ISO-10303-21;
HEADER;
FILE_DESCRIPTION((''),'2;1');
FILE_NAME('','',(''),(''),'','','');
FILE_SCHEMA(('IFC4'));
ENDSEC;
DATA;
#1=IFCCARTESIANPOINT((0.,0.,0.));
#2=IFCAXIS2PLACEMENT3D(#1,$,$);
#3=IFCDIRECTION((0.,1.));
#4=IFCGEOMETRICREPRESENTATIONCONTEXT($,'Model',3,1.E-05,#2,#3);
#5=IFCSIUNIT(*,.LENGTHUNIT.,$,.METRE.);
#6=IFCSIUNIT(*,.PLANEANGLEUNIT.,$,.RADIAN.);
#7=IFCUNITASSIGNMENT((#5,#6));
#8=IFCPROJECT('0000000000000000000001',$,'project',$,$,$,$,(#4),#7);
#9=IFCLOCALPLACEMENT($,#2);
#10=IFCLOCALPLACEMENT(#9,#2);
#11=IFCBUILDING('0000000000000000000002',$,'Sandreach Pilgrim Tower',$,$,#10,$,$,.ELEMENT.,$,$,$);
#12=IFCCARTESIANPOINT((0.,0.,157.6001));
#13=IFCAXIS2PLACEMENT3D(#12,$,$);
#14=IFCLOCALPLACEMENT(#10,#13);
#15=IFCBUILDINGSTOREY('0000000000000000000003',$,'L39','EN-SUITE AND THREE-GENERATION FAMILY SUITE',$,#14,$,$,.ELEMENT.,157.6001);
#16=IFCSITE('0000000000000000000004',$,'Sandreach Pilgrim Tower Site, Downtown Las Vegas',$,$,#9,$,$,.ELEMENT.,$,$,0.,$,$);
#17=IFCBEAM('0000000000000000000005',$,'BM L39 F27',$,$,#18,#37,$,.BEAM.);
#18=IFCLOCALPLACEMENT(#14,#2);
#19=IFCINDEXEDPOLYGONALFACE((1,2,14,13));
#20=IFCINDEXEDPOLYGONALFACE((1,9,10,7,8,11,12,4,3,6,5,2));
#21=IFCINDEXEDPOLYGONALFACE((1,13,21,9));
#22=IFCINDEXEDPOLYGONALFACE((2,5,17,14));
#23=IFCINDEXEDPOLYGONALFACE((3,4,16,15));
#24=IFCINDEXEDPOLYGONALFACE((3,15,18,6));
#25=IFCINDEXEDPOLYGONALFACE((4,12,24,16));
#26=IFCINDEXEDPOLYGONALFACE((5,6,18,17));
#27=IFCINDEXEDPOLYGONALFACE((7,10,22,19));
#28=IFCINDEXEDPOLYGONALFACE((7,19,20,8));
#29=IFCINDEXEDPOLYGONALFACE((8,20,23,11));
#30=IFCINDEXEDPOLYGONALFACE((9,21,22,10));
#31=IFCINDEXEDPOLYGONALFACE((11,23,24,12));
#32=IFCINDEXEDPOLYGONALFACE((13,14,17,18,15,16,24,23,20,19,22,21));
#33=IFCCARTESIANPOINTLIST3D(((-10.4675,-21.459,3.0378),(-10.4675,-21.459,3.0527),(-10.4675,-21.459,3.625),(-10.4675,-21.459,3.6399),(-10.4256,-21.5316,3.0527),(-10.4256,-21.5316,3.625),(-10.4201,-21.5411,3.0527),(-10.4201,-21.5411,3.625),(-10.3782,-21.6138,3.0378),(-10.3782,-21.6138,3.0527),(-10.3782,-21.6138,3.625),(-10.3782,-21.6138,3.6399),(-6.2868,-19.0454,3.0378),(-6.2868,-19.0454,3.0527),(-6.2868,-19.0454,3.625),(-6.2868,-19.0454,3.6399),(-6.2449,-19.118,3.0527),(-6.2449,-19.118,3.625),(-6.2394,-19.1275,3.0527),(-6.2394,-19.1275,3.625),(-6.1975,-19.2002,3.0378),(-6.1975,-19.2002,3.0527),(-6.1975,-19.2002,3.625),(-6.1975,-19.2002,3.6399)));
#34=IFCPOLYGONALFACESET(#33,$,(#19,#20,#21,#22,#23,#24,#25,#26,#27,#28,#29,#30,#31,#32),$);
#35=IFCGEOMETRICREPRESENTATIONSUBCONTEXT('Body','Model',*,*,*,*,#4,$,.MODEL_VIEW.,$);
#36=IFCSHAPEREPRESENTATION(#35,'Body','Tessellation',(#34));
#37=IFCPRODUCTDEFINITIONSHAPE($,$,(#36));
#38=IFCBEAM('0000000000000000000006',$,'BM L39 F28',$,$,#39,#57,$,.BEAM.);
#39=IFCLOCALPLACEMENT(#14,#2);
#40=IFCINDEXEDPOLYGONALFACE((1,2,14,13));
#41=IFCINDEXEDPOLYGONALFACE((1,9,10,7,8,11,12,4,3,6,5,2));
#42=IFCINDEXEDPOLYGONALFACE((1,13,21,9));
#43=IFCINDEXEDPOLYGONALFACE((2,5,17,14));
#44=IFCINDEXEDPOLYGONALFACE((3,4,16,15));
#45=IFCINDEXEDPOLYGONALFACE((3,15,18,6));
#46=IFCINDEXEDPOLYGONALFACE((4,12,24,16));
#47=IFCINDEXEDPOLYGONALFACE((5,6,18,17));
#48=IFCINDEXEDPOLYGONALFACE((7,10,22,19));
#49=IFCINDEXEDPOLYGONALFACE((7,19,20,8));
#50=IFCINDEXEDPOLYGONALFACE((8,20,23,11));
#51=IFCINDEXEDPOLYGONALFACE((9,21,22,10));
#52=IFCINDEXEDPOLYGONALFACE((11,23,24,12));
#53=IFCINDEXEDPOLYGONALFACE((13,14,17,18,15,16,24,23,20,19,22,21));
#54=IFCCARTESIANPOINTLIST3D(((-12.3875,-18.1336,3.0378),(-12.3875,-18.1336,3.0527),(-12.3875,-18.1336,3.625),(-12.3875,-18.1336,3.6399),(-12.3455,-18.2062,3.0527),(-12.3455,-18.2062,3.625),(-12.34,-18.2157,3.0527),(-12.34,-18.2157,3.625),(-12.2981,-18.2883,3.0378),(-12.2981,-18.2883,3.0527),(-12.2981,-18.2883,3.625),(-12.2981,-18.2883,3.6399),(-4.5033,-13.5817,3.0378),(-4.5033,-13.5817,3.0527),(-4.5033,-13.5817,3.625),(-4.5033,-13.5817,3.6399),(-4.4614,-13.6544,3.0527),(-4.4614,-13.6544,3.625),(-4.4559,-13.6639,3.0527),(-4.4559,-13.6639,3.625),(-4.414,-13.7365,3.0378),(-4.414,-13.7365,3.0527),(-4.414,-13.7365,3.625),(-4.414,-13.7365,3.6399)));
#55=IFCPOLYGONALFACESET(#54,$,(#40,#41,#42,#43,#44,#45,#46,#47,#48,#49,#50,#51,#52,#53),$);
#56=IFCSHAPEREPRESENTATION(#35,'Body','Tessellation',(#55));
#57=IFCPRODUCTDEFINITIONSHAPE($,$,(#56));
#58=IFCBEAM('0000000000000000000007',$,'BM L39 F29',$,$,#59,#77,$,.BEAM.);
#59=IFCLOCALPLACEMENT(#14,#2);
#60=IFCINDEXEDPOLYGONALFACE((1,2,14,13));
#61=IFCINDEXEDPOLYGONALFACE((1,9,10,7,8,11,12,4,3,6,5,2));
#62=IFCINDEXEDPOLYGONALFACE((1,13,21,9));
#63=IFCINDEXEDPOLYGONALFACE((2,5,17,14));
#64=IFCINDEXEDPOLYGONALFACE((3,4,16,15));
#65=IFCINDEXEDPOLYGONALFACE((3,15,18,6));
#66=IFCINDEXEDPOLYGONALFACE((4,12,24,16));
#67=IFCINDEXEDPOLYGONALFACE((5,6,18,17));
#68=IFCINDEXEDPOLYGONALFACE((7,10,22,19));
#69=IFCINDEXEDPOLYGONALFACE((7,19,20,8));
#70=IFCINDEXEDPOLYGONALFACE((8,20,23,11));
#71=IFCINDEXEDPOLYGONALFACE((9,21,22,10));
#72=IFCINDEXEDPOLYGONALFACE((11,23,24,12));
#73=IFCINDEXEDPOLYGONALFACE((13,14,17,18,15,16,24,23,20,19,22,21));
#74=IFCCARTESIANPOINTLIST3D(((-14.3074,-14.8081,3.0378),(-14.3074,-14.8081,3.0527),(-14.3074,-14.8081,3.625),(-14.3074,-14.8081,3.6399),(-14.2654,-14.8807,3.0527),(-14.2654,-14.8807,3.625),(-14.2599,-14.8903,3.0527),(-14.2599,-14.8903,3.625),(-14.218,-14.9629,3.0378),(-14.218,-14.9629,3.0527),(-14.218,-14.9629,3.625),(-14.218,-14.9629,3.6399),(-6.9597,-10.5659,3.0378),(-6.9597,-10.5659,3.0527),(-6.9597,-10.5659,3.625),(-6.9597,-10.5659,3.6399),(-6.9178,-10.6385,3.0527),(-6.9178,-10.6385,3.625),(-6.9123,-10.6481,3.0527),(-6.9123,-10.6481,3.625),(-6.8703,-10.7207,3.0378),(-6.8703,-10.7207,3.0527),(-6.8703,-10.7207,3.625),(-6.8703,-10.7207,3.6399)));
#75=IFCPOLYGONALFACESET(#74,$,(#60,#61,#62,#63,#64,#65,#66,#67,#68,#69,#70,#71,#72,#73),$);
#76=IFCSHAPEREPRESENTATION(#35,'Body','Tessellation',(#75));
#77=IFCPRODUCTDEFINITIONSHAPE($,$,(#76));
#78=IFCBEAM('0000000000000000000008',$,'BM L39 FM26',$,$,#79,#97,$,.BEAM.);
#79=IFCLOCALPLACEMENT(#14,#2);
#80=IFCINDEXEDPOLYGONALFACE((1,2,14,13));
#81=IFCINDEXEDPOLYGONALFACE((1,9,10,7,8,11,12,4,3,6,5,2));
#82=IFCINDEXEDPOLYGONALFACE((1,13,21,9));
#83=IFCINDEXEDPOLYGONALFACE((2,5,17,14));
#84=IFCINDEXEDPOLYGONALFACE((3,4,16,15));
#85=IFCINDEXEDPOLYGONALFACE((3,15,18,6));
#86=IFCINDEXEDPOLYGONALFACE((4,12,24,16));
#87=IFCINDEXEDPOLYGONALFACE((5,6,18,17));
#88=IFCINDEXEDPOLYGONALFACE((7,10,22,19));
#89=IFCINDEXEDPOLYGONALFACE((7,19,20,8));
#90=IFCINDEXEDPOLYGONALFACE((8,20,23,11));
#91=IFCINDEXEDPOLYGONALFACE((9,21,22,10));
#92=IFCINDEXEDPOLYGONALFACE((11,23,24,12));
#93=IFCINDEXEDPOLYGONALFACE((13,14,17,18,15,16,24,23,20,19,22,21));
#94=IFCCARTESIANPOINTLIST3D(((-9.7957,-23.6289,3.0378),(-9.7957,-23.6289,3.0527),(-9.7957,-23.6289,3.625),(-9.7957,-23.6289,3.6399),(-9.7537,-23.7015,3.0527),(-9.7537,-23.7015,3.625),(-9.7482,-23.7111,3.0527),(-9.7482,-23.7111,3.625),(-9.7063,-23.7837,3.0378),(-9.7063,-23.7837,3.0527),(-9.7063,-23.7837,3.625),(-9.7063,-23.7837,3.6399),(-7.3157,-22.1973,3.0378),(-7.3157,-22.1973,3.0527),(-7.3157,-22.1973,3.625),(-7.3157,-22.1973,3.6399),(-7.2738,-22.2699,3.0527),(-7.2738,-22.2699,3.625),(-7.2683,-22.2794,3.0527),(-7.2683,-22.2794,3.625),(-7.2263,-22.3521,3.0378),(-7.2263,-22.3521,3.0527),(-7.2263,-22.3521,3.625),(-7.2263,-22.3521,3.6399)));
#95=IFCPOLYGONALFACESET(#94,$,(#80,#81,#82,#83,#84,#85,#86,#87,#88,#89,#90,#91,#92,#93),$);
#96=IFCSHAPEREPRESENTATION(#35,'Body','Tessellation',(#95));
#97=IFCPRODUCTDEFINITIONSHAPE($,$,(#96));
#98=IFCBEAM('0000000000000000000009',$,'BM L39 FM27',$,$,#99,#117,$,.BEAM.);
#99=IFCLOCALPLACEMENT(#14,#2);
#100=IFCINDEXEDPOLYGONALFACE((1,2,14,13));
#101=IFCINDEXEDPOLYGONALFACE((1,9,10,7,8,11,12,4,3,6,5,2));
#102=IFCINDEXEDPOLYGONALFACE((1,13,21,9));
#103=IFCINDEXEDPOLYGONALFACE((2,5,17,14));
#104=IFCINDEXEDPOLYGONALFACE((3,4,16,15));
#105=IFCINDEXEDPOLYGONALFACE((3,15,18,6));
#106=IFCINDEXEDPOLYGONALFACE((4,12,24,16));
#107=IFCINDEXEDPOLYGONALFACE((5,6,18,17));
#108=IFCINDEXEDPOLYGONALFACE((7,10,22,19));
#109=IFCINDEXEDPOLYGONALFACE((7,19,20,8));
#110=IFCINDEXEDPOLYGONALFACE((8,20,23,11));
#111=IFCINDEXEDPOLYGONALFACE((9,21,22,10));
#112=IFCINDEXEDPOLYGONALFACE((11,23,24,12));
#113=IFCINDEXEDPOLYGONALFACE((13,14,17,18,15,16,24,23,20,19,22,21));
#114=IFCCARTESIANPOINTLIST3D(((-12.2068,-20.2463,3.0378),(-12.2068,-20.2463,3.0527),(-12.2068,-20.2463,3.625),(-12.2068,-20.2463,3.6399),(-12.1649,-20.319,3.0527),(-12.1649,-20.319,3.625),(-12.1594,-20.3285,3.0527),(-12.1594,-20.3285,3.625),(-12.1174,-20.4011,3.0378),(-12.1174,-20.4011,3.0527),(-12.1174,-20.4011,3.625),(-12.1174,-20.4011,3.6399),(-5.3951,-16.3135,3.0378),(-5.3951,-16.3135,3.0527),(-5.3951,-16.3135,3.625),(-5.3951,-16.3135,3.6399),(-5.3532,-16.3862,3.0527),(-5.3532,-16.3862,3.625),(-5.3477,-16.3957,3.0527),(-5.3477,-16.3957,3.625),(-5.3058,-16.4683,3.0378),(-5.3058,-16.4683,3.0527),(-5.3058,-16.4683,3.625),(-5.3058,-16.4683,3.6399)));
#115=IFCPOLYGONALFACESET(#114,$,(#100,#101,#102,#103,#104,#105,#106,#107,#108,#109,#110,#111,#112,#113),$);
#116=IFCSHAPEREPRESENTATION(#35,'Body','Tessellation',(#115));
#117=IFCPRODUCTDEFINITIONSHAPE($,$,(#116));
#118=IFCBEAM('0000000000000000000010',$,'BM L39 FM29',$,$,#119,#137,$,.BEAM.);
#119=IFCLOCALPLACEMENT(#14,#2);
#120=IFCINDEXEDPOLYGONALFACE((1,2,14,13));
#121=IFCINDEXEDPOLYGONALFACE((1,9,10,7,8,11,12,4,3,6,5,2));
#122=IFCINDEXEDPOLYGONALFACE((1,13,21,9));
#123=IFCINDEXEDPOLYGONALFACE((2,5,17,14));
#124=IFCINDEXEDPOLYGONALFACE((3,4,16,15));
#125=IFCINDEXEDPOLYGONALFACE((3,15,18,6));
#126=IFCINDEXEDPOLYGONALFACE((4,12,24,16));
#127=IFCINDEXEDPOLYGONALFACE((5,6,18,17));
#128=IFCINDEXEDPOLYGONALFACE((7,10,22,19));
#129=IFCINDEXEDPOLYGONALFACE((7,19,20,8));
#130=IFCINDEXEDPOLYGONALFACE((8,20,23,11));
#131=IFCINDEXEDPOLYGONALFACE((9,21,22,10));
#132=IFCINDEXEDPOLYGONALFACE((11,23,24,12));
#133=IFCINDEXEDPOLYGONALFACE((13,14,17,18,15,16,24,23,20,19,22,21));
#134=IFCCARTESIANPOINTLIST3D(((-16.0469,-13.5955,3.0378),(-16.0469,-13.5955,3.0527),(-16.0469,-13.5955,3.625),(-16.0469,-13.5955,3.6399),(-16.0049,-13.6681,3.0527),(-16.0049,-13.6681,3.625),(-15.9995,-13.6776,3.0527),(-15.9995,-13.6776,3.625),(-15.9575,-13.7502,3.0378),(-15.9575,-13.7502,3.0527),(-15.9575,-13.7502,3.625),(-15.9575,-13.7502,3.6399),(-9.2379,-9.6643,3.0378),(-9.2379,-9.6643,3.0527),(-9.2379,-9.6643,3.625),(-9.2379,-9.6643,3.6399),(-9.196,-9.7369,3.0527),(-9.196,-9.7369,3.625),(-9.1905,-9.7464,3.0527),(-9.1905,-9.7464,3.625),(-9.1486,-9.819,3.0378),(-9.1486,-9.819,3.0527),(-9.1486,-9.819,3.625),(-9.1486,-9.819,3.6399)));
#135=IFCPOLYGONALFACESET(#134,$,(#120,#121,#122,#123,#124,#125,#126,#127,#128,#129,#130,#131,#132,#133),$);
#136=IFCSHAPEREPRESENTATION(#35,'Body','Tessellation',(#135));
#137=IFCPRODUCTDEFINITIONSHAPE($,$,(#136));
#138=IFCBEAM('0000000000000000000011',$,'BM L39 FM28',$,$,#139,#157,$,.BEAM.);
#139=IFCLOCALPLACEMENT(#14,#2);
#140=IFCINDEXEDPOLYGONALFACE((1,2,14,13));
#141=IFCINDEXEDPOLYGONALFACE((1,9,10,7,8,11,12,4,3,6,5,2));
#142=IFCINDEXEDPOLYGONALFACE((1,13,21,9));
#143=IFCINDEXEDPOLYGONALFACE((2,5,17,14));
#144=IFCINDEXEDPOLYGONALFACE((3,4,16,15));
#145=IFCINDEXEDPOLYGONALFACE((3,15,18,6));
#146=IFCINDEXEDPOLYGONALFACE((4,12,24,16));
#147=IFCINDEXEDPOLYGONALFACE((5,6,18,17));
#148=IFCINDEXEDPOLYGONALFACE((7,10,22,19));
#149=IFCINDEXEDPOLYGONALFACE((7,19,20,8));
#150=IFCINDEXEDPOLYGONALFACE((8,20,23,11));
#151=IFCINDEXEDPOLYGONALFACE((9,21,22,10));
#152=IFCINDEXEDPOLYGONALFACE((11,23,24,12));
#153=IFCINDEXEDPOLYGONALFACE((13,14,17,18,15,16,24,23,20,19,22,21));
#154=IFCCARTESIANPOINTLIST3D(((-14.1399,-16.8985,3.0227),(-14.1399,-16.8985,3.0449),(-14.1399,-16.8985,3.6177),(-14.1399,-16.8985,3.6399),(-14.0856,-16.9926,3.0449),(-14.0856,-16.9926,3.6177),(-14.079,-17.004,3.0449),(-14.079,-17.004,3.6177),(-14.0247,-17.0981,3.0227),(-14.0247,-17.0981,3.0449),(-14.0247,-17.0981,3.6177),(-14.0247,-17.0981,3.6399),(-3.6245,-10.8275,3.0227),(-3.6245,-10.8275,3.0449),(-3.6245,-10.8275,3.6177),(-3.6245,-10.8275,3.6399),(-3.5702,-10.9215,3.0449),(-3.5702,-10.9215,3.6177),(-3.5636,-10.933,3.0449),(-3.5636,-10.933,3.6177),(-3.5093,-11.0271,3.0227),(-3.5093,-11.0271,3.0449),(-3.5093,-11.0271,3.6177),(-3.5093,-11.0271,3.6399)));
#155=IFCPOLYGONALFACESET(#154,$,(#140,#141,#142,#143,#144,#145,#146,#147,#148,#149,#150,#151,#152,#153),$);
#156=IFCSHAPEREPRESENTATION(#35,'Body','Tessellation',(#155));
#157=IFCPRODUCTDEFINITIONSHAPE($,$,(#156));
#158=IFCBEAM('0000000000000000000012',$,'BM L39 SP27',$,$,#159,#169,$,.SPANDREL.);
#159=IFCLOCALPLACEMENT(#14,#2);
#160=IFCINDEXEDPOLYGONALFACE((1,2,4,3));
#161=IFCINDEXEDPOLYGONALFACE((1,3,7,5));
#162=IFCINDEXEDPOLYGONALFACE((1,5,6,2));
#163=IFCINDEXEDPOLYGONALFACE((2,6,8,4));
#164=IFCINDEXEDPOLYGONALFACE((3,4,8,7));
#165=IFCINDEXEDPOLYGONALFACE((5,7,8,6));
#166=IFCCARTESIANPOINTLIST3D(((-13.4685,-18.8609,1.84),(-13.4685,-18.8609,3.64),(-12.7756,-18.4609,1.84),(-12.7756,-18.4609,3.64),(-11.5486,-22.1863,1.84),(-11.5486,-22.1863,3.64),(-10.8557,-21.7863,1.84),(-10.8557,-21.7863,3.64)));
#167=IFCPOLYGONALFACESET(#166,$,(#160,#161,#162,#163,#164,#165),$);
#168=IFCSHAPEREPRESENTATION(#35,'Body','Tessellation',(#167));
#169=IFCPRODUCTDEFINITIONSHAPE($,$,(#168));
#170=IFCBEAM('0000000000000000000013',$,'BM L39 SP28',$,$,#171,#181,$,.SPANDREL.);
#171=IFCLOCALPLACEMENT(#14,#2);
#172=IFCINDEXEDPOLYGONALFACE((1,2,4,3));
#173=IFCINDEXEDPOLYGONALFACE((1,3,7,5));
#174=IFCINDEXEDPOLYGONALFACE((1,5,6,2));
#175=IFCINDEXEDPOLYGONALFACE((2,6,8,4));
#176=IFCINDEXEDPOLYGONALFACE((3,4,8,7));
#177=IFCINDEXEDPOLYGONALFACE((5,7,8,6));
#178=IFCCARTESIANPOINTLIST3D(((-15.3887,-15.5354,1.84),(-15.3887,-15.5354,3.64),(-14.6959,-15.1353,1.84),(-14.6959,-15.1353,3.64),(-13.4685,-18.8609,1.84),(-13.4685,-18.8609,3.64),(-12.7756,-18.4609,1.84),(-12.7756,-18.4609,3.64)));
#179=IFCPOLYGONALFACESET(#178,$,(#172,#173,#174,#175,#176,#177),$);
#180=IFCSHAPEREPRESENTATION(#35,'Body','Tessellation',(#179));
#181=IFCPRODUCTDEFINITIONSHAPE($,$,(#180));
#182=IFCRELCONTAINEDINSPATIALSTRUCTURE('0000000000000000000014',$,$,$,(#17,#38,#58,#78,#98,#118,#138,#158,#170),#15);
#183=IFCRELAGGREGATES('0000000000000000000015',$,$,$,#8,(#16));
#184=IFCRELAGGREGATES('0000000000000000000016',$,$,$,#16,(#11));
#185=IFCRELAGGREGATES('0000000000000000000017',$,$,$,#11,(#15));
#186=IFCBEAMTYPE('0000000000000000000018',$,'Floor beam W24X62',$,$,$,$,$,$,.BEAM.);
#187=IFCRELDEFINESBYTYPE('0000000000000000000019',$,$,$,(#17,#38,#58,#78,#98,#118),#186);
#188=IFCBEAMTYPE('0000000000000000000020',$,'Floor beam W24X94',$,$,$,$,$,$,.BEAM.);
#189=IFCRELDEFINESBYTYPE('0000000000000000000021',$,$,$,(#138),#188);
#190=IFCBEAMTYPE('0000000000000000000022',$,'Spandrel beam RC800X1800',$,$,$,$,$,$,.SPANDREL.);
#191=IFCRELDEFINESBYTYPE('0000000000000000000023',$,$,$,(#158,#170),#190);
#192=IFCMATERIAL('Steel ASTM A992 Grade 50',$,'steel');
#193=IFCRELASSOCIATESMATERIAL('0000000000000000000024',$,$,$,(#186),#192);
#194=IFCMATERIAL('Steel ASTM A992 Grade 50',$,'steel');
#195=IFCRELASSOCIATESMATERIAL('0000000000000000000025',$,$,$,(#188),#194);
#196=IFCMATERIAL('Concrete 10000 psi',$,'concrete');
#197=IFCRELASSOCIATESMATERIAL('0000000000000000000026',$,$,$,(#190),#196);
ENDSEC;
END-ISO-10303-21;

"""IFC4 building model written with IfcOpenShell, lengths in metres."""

from ifc_helpers import new_model, si_unit, direction, frame, origin, origin_2d, place, context, subcontext, project, spatial, rectangle, i_section, extrude, material, material_profile, profile_set, type_object, element, save


model = new_model("IFC4")

# Units and contexts
model_context = context("Model", 3, precision=1e-05, world=origin(), true_north=direction((0.0, 1.0)))
body_context = subcontext(model_context, "Body", "Model", "MODEL_VIEW")
ifc_project = project(units=[si_unit("LENGTHUNIT", "METRE"), si_unit("PLANEANGLEUNIT", "RADIAN")], contexts=[model_context])

# Site, building, storey
site_placement = place(None, origin())
site = spatial("IfcSite", under=ifc_project, at=site_placement, Name="Sandreach Pilgrim Tower Site, Downtown Las Vegas", CompositionType="ELEMENT", RefElevation=0.0)
building_placement = place(site_placement, origin())
building = spatial("IfcBuilding", under=site, at=building_placement, Name="Sandreach Pilgrim Tower", CompositionType="ELEMENT")
storey_placement = place(building_placement, frame((0.0, 0.0, 157.6001)))
storey = spatial("IfcBuildingStorey", under=building, at=storey_placement, Name="L39", Description="EN-SUITE AND THREE-GENERATION FAMILY SUITE", CompositionType="ELEMENT", Elevation=157.6001)

# Beams
ifc_material_1 = material(Name="Steel ASTM A992 Grade 50", Category="steel")
ifc_material_profile_1 = material_profile(ifc_material_1, i_section(OverallWidth=0.1787, OverallDepth=0.6021, WebThickness=0.011, FlangeThickness=0.0149, at=origin_2d()), Name="W24X62")
ifc_profile_set_1 = profile_set([ifc_material_profile_1], Name="Steel ASTM A992 Grade 50")
beam_type_1 = type_object("IfcBeamType", Name="Floor beam W24X62", PredefinedType="BEAM", material=ifc_profile_set_1)
beam_1_placement = place(storey_placement, frame((-10.4229, -21.5364, 3.3389), z_axis=(0.866037, 0.499979, 0.0), x_axis=(-0.499979, 0.866037, 0.0)))
element("IfcBeam", 1, at=beam_1_placement, inside=storey, type_object=beam_type_1, Name="BM L39 F27", PredefinedType="BEAM", context=body_context, shape_type="SweptSolid", body=[
    extrude(i_section(OverallWidth=0.1787, OverallDepth=0.6021, WebThickness=0.011, FlangeThickness=0.0149, at=origin_2d()), origin(), (0.0, 0.0, 1.0), 4.8274),
])
beam_2_placement = place(storey_placement, frame((-12.3428, -18.2109, 3.3389), z_axis=(0.86603, 0.499993, 0.0), x_axis=(-0.499993, 0.86603, 0.0)))
element("IfcBeam", 2, at=beam_2_placement, inside=storey, type_object=beam_type_1, Name="BM L39 F28", PredefinedType="BEAM", context=body_context, shape_type="SweptSolid", body=[
    extrude(i_section(OverallWidth=0.1787, OverallDepth=0.6021, WebThickness=0.011, FlangeThickness=0.0149, at=origin_2d()), origin(), (0.0, 0.0, 1.0), 9.1038),
])
beam_3_placement = place(storey_placement, frame((-14.2627, -14.8855, 3.3389), z_axis=(0.866025, 0.500001, 0.0), x_axis=(-0.500001, 0.866025, 0.0)))
element("IfcBeam", 3, at=beam_3_placement, inside=storey, type_object=beam_type_1, Name="BM L39 F29", PredefinedType="BEAM", context=body_context, shape_type="SweptSolid", body=[
    extrude(i_section(OverallWidth=0.1787, OverallDepth=0.6021, WebThickness=0.011, FlangeThickness=0.0149, at=origin_2d()), origin(), (0.0, 0.0, 1.0), 8.4844),
])
beam_4_placement = place(storey_placement, frame((-9.751, -23.7063, 3.3389), z_axis=(0.866052, 0.499954, 0.0), x_axis=(-0.499954, 0.866052, 0.0)))
element("IfcBeam", 4, at=beam_4_placement, inside=storey, type_object=beam_type_1, Name="BM L39 FM26", PredefinedType="BEAM", context=body_context, shape_type="SweptSolid", body=[
    extrude(i_section(OverallWidth=0.1787, OverallDepth=0.6021, WebThickness=0.011, FlangeThickness=0.0149, at=origin_2d()), origin(), (0.0, 0.0, 1.0), 2.8635),
])
beam_5_placement = place(storey_placement, frame((-12.1621, -20.3237, 3.3389), z_axis=(0.866021, 0.500008, 0.0), x_axis=(-0.500008, 0.866021, 0.0)))
element("IfcBeam", 5, at=beam_5_placement, inside=storey, type_object=beam_type_1, Name="BM L39 FM27", PredefinedType="BEAM", context=body_context, shape_type="SweptSolid", body=[
    extrude(i_section(OverallWidth=0.1787, OverallDepth=0.6021, WebThickness=0.011, FlangeThickness=0.0149, at=origin_2d()), origin(), (0.0, 0.0, 1.0), 7.8655),
])
beam_6_placement = place(storey_placement, frame((-16.0022, -13.6729, 3.3389), z_axis=(0.866022, 0.500006, 0.0), x_axis=(-0.500006, 0.866022, 0.0)))
element("IfcBeam", 6, at=beam_6_placement, inside=storey, type_object=beam_type_1, Name="BM L39 FM29", PredefinedType="BEAM", context=body_context, shape_type="SweptSolid", body=[
    extrude(i_section(OverallWidth=0.1787, OverallDepth=0.6021, WebThickness=0.011, FlangeThickness=0.0149, at=origin_2d()), origin(), (0.0, 0.0, 1.0), 7.8623),
])
ifc_material_2 = material(Name="Steel ASTM A992 Grade 50", Category="steel")
ifc_material_profile_2 = material_profile(ifc_material_2, i_section(OverallWidth=0.2305, OverallDepth=0.6172, WebThickness=0.0132, FlangeThickness=0.0222, at=origin_2d()), Name="W24X94")
ifc_profile_set_2 = profile_set([ifc_material_profile_2], Name="Steel ASTM A992 Grade 50")
beam_type_2 = type_object("IfcBeamType", Name="Floor beam W24X94", PredefinedType="BEAM", material=ifc_profile_set_2)
beam_7_placement = place(storey_placement, frame((-14.0823, -16.9983, 3.3313), z_axis=(0.866026, 0.499999, 0.0), x_axis=(-0.499999, 0.866026, 0.0)))
element("IfcBeam", 7, at=beam_7_placement, inside=storey, type_object=beam_type_2, Name="BM L39 FM28", PredefinedType="BEAM", context=body_context, shape_type="SweptSolid", body=[
    extrude(i_section(OverallWidth=0.2305, OverallDepth=0.6172, WebThickness=0.0132, FlangeThickness=0.0222, at=origin_2d()), origin(), (0.0, 0.0, 1.0), 12.1421),
])
ifc_material_3 = material(Name="Concrete 10000 psi", Category="concrete")
ifc_material_profile_3 = material_profile(ifc_material_3, rectangle(XDim=0.8, YDim=1.8, at=origin_2d()), Name="RC800X1800")
ifc_profile_set_3 = profile_set([ifc_material_profile_3], Name="Concrete 10000 psi")
beam_type_3 = type_object("IfcBeamType", Name="Spandrel beam RC800X1800", PredefinedType="SPANDREL", material=ifc_profile_set_3)
beam_8_placement = place(storey_placement, frame((-11.2021, -21.9863, 2.74), z_axis=(-0.499996, 0.866028, 0.0), x_axis=(-0.866028, -0.499996, 0.0)))
element("IfcBeam", 8, at=beam_8_placement, inside=storey, type_object=beam_type_3, Name="BM L39 SP27", PredefinedType="SPANDREL", context=body_context, shape_type="SweptSolid", body=[
    extrude(rectangle(XDim=0.8, YDim=1.8, at=origin_2d()), origin(), (0.0, 0.0, 1.0), 3.8398),
])
beam_9_placement = place(storey_placement, frame((-13.1221, -18.6609, 2.74), z_axis=(-0.500043, 0.866, 0.0), x_axis=(-0.866, -0.500043, 0.0)))
element("IfcBeam", 9, at=beam_9_placement, inside=storey, type_object=beam_type_3, Name="BM L39 SP28", PredefinedType="SPANDREL", context=body_context, shape_type="SweptSolid", body=[
    extrude(rectangle(XDim=0.8, YDim=1.8, at=origin_2d()), origin(), (0.0, 0.0, 1.0), 3.8401),
])

save(model, "model.ifc")
